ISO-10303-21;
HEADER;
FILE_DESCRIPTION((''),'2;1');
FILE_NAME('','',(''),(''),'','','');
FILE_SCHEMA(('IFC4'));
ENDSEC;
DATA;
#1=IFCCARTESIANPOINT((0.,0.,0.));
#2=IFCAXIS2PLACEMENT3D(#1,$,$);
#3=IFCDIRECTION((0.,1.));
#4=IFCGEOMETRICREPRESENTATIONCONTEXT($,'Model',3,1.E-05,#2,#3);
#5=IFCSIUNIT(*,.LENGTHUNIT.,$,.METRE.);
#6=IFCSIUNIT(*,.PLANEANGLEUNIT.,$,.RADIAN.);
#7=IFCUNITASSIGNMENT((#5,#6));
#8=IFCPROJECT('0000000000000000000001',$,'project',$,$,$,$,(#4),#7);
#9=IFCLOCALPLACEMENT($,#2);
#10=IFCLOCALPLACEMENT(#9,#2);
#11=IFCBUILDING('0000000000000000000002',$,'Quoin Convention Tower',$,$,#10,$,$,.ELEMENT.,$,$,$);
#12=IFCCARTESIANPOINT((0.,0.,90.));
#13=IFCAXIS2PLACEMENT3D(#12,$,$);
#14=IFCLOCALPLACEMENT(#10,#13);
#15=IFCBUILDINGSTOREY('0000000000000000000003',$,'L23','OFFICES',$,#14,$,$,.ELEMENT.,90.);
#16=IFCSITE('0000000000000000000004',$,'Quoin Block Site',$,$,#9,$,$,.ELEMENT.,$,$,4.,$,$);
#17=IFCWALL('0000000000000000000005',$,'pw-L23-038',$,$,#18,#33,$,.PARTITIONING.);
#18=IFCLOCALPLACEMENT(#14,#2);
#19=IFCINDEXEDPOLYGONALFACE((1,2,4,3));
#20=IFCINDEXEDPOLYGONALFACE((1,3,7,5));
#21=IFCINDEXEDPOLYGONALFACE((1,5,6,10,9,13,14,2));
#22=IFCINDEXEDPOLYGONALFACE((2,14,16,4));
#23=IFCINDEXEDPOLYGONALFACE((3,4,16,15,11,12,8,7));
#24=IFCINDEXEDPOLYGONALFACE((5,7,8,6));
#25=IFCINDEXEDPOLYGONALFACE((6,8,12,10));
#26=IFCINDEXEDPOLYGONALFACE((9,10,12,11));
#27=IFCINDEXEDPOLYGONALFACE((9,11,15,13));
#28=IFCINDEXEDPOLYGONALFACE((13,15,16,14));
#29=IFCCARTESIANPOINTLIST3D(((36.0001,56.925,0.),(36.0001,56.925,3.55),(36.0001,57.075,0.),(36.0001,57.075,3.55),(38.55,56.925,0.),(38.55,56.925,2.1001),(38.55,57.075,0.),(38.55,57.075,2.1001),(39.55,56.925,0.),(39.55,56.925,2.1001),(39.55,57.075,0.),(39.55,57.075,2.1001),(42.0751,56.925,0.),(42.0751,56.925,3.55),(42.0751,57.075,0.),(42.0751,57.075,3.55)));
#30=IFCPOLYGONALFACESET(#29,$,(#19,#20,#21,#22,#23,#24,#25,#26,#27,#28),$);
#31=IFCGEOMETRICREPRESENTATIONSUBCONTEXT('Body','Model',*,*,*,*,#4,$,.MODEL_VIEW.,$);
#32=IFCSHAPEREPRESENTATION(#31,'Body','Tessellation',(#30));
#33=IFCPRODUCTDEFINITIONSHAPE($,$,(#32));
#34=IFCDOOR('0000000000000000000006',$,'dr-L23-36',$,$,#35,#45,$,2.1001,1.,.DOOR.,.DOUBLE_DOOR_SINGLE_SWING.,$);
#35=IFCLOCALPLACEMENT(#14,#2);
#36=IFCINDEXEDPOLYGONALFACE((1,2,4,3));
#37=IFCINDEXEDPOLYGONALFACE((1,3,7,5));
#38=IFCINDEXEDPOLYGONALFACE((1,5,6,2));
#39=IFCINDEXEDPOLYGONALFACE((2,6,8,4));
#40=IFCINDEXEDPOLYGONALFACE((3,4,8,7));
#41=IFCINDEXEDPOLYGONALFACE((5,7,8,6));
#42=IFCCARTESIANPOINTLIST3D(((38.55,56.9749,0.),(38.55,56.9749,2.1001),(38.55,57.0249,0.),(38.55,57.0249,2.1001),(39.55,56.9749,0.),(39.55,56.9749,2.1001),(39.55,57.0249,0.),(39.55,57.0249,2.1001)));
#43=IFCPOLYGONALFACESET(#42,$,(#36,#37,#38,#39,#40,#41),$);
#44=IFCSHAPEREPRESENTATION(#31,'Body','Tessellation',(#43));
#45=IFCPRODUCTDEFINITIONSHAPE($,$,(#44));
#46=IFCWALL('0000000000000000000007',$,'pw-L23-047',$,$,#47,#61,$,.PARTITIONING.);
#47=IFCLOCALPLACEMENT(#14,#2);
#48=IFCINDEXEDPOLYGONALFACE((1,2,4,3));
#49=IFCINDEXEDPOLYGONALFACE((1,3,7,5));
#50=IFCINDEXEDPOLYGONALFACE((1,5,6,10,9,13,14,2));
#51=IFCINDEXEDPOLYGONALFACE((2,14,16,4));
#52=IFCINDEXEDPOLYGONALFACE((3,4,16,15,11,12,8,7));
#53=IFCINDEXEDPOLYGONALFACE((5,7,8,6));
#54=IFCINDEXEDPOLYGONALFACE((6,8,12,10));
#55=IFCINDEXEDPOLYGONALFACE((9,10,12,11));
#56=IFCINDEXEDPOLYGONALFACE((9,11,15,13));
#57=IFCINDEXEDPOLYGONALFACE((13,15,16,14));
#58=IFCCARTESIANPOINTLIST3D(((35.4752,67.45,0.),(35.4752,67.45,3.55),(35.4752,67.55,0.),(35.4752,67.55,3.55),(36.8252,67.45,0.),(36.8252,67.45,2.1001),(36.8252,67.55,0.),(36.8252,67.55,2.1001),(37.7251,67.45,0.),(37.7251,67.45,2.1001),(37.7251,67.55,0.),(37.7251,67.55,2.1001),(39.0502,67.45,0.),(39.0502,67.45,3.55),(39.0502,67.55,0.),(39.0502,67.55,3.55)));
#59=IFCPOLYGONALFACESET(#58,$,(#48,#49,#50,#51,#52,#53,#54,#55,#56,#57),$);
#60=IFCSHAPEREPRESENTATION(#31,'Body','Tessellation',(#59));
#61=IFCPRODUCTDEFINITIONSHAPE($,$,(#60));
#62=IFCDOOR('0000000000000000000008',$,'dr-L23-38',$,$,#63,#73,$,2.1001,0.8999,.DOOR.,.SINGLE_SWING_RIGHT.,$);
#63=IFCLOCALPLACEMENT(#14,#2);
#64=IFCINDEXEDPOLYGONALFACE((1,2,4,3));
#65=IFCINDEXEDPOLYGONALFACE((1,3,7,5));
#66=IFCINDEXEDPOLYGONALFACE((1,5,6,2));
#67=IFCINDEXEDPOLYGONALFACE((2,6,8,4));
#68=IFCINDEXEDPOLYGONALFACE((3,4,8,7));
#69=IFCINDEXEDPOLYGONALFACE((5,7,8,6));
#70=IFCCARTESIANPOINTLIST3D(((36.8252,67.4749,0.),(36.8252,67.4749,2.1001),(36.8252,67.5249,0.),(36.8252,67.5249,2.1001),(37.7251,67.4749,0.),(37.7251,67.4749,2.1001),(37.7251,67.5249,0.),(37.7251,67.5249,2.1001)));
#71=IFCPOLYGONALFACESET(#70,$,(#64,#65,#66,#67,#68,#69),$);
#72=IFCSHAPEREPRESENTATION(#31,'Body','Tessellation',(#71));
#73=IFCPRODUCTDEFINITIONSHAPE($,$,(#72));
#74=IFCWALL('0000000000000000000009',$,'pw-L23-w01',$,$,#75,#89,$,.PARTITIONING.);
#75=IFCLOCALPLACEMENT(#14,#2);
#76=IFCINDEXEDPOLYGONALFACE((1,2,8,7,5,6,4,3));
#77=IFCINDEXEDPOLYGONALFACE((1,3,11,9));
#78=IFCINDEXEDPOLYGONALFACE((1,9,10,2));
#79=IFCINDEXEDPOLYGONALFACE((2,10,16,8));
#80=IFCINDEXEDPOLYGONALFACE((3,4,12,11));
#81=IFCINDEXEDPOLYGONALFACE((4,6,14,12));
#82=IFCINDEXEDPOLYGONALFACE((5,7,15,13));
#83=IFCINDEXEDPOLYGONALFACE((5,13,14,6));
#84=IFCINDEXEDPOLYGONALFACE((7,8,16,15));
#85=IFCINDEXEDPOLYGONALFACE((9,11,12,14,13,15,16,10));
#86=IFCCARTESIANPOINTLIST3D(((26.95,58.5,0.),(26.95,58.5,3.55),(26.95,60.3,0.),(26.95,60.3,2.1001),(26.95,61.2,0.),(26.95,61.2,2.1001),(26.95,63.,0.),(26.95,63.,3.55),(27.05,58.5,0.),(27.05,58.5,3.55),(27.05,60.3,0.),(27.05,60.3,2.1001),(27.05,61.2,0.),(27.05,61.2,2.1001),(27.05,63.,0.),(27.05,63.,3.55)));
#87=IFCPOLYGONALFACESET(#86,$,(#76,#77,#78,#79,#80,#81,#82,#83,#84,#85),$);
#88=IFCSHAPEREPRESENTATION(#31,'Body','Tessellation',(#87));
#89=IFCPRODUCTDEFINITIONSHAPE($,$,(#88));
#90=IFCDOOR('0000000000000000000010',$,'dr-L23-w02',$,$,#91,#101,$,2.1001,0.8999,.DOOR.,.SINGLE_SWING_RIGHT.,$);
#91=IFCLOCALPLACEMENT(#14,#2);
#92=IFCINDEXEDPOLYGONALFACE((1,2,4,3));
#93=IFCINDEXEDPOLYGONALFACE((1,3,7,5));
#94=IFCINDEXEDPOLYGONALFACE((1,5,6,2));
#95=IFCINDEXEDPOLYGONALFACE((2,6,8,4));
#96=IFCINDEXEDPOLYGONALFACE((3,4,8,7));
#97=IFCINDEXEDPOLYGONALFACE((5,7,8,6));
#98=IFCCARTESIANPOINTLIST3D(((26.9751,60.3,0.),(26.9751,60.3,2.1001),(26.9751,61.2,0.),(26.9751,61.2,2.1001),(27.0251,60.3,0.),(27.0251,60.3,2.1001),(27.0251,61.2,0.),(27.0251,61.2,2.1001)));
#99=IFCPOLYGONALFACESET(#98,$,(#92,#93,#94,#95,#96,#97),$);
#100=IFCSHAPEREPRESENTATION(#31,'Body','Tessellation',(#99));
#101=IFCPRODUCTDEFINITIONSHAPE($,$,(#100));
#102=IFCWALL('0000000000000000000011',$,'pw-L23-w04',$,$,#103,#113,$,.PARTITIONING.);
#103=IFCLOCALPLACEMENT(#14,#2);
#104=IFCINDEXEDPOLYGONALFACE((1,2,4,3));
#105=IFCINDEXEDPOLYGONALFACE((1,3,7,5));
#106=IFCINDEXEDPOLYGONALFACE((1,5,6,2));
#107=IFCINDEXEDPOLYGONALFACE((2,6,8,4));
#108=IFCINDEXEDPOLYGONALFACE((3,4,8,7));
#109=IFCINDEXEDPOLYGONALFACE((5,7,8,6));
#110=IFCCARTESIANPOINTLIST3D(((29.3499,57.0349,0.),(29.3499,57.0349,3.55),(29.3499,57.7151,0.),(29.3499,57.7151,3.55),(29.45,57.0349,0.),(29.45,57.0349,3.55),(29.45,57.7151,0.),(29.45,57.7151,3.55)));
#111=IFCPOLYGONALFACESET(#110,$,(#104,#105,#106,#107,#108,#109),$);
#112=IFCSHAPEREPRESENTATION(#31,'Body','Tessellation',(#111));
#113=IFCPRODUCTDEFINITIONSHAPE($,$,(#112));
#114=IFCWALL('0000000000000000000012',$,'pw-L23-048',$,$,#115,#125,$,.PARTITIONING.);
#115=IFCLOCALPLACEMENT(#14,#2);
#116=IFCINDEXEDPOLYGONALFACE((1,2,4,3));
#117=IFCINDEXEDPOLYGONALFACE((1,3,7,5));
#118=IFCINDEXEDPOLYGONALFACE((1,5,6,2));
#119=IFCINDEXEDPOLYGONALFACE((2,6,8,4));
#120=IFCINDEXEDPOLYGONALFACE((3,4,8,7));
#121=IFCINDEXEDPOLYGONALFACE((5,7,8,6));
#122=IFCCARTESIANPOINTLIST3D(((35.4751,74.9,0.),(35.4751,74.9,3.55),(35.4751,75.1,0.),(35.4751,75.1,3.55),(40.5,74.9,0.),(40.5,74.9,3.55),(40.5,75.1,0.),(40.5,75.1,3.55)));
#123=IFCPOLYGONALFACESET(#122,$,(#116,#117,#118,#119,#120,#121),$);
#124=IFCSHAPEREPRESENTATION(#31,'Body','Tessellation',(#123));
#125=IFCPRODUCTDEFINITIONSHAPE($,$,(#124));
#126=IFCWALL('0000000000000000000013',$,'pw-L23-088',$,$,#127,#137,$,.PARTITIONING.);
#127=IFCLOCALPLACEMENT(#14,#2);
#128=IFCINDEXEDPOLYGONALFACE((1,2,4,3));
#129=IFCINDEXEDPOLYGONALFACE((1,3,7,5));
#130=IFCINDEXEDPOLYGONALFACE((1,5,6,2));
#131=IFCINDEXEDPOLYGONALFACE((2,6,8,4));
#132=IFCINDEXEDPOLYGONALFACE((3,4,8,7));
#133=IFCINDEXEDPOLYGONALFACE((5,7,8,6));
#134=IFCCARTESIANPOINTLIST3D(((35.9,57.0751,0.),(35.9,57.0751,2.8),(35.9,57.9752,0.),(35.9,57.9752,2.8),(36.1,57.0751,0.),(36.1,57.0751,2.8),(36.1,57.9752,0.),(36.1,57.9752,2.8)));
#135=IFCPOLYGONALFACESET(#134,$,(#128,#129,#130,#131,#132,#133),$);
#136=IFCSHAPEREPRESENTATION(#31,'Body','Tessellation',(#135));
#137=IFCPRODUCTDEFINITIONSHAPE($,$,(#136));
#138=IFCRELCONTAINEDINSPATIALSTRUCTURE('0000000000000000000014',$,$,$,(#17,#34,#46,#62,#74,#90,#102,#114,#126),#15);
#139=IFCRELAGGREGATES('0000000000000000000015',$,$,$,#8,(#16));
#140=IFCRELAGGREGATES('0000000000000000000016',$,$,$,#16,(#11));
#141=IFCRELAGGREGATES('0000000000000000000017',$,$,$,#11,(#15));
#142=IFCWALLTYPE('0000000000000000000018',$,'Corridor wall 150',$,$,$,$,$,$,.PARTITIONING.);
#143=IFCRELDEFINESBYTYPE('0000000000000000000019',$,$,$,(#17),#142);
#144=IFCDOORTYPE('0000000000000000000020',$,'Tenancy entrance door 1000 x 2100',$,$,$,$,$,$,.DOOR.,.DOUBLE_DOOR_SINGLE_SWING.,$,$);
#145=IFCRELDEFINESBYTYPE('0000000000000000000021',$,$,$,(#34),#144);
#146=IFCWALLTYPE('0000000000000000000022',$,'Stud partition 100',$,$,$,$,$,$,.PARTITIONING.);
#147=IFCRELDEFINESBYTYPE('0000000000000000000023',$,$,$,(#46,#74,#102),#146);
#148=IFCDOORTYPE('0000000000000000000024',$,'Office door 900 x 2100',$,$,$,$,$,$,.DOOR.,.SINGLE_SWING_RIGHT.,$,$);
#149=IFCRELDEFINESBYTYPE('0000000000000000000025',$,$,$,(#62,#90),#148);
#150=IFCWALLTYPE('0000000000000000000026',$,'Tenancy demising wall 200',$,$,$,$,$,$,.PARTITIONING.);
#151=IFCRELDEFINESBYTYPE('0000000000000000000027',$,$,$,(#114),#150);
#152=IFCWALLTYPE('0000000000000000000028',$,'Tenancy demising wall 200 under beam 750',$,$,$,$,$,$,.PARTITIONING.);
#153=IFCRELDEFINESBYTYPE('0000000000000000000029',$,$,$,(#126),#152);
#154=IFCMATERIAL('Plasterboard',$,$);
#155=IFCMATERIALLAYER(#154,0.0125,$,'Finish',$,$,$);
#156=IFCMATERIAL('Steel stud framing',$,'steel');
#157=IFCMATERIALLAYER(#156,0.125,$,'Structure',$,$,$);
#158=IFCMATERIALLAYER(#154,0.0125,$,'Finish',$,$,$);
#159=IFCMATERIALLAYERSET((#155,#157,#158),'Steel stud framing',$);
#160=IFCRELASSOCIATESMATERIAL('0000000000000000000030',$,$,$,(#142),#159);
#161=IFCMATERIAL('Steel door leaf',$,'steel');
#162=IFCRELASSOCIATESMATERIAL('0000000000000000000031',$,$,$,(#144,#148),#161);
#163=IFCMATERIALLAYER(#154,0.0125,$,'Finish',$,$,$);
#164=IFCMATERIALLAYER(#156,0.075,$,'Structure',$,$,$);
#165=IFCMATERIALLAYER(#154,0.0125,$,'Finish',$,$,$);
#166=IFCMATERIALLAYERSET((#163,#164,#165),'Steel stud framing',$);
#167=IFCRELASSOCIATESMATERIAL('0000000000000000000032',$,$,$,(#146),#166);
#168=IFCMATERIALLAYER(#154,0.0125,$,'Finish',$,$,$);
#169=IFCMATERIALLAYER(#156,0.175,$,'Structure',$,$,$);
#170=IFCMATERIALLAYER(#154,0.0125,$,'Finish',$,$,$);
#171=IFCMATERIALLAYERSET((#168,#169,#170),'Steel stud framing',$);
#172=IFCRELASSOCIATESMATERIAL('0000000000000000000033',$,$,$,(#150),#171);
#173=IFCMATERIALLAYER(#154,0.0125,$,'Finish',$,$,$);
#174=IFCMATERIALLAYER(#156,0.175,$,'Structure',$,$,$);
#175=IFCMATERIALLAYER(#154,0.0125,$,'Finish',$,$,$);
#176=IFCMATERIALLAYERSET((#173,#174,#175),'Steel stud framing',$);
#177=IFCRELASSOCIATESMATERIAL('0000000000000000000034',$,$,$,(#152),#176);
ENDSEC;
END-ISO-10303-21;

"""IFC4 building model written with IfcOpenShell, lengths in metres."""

from ifc_helpers import new_model, si_unit, direction, frame, frame_2d, origin, place, context, subcontext, project, spatial, rectangle, extrude, material, layer, layer_set, type_object, element, fill, save


model = new_model("IFC4")

# Units and contexts
model_context = context("Model", 3, precision=1e-05, world=origin(), true_north=direction((0.0, 1.0)))
body_context = subcontext(model_context, "Body", "Model", "MODEL_VIEW")
ifc_project = project(units=[si_unit("LENGTHUNIT", "METRE"), si_unit("PLANEANGLEUNIT", "RADIAN")], contexts=[model_context])

# Site, building, storey
site_placement = place(None, origin())
site = spatial("IfcSite", under=ifc_project, at=site_placement, Name="Quoin Block Site", CompositionType="ELEMENT", RefElevation=4.0)
building_placement = place(site_placement, origin())
building = spatial("IfcBuilding", under=site, at=building_placement, Name="Quoin Convention Tower", CompositionType="ELEMENT")
storey_placement = place(building_placement, frame((0.0, 0.0, 90.0)))
storey = spatial("IfcBuildingStorey", under=building, at=storey_placement, Name="L23", Description="OFFICES", CompositionType="ELEMENT", Elevation=90.0)

# Walls, openings, doors
ifc_material_1 = material(Name="Plasterboard")
ifc_layer_1 = layer(ifc_material_1, 0.0125, Name="Finish")
ifc_material_2 = material(Name="Steel stud framing", Category="steel")
ifc_layer_2 = layer(ifc_material_2, 0.125, Name="Structure")
ifc_layer_3 = layer(ifc_material_1, 0.0125, Name="Finish")
ifc_layer_set_1 = layer_set([ifc_layer_1, ifc_layer_2, ifc_layer_3], Name="Steel stud framing")
wall_type_1 = type_object("IfcWallType", Name="Corridor wall 150", PredefinedType="PARTITIONING", material=ifc_layer_set_1)
ifc_material_3 = material(Name="Steel door leaf", Category="steel")
door_type_1 = type_object("IfcDoorType", Name="Tenancy entrance door 1000 x 2100", OperationType="DOUBLE_DOOR_SINGLE_SWING", PredefinedType="DOOR", material=ifc_material_3)
wall_1_placement = place(storey_placement, frame((36.0, 57.0, 0.0), z_axis=(0.0, 0.0, 1.0), x_axis=(1.0, 0.0, 0.0)))
wall_1 = element("IfcWall", 1, at=wall_1_placement, inside=storey, type_object=wall_type_1, Name="pw-L23-038", PredefinedType="PARTITIONING", context=body_context, shape_type="SweptSolid", body=[
    extrude(rectangle(XDim=6.075, YDim=0.1499, at=frame_2d((3.0376, 0.0))), origin(), (0.0, 0.0, 1.0), 3.55),
])
opening_1_placement = place(wall_1_placement, frame((2.55, 0.0, 0.0)))
opening_1 = element("IfcOpeningElement", 2, at=opening_1_placement, cuts=wall_1, PredefinedType="OPENING", context=body_context, shape_type="SweptSolid", body=[
    extrude(rectangle(XDim=1.0, YDim=2.1001, at=frame_2d((0.5, 1.05))), frame((0.0, 0.085, 0.0), z_axis=(0.0, -1.0, 0.0), x_axis=(1.0, 0.0, 0.0)), (0.0, 0.0, 1.0), 0.1699),
])
door_1_placement = place(opening_1_placement, origin())
door_1 = element("IfcDoor", 3, at=door_1_placement, inside=storey, type_object=door_type_1, Name="dr-L23-36", OperationType="DOUBLE_DOOR_SINGLE_SWING", OverallHeight=2.1001, OverallWidth=1.0, PredefinedType="DOOR", context=body_context, shape_type="SweptSolid", body=[
    extrude(rectangle(XDim=1.0, YDim=2.1001, at=frame_2d((0.5, 1.05))), frame((0.0, 0.0249, 0.0), z_axis=(0.0, -1.0, 0.0), x_axis=(1.0, 0.0, 0.0)), (0.0, 0.0, 1.0), 0.05),
])
fill(opening_1, door_1)
ifc_layer_4 = layer(ifc_material_1, 0.0125, Name="Finish")
ifc_layer_5 = layer(ifc_material_2, 0.075, Name="Structure")
ifc_layer_6 = layer(ifc_material_1, 0.0125, Name="Finish")
ifc_layer_set_2 = layer_set([ifc_layer_4, ifc_layer_5, ifc_layer_6], Name="Steel stud framing")
wall_type_2 = type_object("IfcWallType", Name="Stud partition 100", PredefinedType="PARTITIONING", material=ifc_layer_set_2)
wall_2_placement = place(storey_placement, frame((35.4751, 67.5, 0.0), z_axis=(0.0, 0.0, 1.0), x_axis=(1.0, 0.0, 0.0)))
wall_2 = element("IfcWall", 4, at=wall_2_placement, inside=storey, type_object=wall_type_2, Name="pw-L23-047", PredefinedType="PARTITIONING", context=body_context, shape_type="SweptSolid", body=[
    extrude(rectangle(XDim=3.575, YDim=0.1001, at=frame_2d((1.7876, 0.0))), origin(), (0.0, 0.0, 1.0), 3.55),
])
opening_2_placement = place(wall_2_placement, frame((1.3501, 0.0, 0.0)))
opening_2 = element("IfcOpeningElement", 5, at=opening_2_placement, cuts=wall_2, PredefinedType="OPENING", context=body_context, shape_type="SweptSolid", body=[
    extrude(rectangle(XDim=0.8999, YDim=2.1001, at=frame_2d((0.45, 1.05))), frame((0.0, 0.0601, 0.0), z_axis=(0.0, -1.0, 0.0), x_axis=(1.0, 0.0, 0.0)), (0.0, 0.0, 1.0), 0.1201),
])
door_type_2 = type_object("IfcDoorType", Name="Office door 900 x 2100", OperationType="SINGLE_SWING_RIGHT", PredefinedType="DOOR", material=ifc_material_3)
door_2_placement = place(opening_2_placement, origin())
door_2 = element("IfcDoor", 6, at=door_2_placement, inside=storey, type_object=door_type_2, Name="dr-L23-38", OperationType="SINGLE_SWING_RIGHT", OverallHeight=2.1001, OverallWidth=0.8999, PredefinedType="DOOR", context=body_context, shape_type="SweptSolid", body=[
    extrude(rectangle(XDim=0.8999, YDim=2.1001, at=frame_2d((0.45, 1.05))), frame((0.0, 0.0249, 0.0), z_axis=(0.0, -1.0, 0.0), x_axis=(1.0, 0.0, 0.0)), (0.0, 0.0, 1.0), 0.05),
])
fill(opening_2, door_2)
wall_3_placement = place(storey_placement, frame((27.0, 63.0, 0.0), z_axis=(0.0, 0.0, 1.0), x_axis=(0.0, -1.0, 0.0)))
wall_3 = element("IfcWall", 7, at=wall_3_placement, inside=storey, type_object=wall_type_2, Name="pw-L23-w01", PredefinedType="PARTITIONING", context=body_context, shape_type="SweptSolid", body=[
    extrude(rectangle(XDim=4.5, YDim=0.1001, at=frame_2d((2.25, 0.0))), origin(), (0.0, 0.0, 1.0), 3.55),
])
opening_3_placement = place(wall_3_placement, frame((1.8, 0.0, 0.0)))
opening_3 = element("IfcOpeningElement", 8, at=opening_3_placement, cuts=wall_3, PredefinedType="OPENING", context=body_context, shape_type="SweptSolid", body=[
    extrude(rectangle(XDim=0.8999, YDim=2.1001, at=frame_2d((0.45, 1.05))), frame((0.0, 0.0601, 0.0), z_axis=(0.0, -1.0, 0.0), x_axis=(1.0, 0.0, 0.0)), (0.0, 0.0, 1.0), 0.1201),
])
door_3_placement = place(opening_3_placement, frame((0.8999, 0.0, 0.0), z_axis=(0.0, 0.0, 1.0), x_axis=(-1.0, 0.0, 0.0)))
door_3 = element("IfcDoor", 9, at=door_3_placement, inside=storey, type_object=door_type_2, Name="dr-L23-w02", OperationType="SINGLE_SWING_RIGHT", OverallHeight=2.1001, OverallWidth=0.8999, PredefinedType="DOOR", context=body_context, shape_type="SweptSolid", body=[
    extrude(rectangle(XDim=0.8999, YDim=2.1001, at=frame_2d((0.45, 1.05))), frame((0.0, 0.0249, 0.0), z_axis=(0.0, -1.0, 0.0), x_axis=(1.0, 0.0, 0.0)), (0.0, 0.0, 1.0), 0.05),
])
fill(opening_3, door_3)

# Walls
wall_4_placement = place(storey_placement, frame((29.3999, 57.7151, 0.0), z_axis=(0.0, 0.0, 1.0), x_axis=(0.0, -1.0, 0.0)))
element("IfcWall", 10, at=wall_4_placement, inside=storey, type_object=wall_type_2, Name="pw-L23-w04", PredefinedType="PARTITIONING", context=body_context, shape_type="SweptSolid", body=[
    extrude(rectangle(XDim=0.6802, YDim=0.1001, at=frame_2d((0.3401, 0.0))), origin(), (0.0, 0.0, 1.0), 3.55),
])
ifc_layer_7 = layer(ifc_material_1, 0.0125, Name="Finish")
ifc_layer_8 = layer(ifc_material_2, 0.175, Name="Structure")
ifc_layer_9 = layer(ifc_material_1, 0.0125, Name="Finish")
ifc_layer_set_3 = layer_set([ifc_layer_7, ifc_layer_8, ifc_layer_9], Name="Steel stud framing")
wall_type_3 = type_object("IfcWallType", Name="Tenancy demising wall 200", PredefinedType="PARTITIONING", material=ifc_layer_set_3)
wall_5_placement = place(storey_placement, frame((35.4751, 75.0, 0.0), z_axis=(0.0, 0.0, 1.0), x_axis=(1.0, 0.0, 0.0)))
element("IfcWall", 11, at=wall_5_placement, inside=storey, type_object=wall_type_3, Name="pw-L23-048", PredefinedType="PARTITIONING", context=body_context, shape_type="SweptSolid", body=[
    extrude(rectangle(XDim=5.0249, YDim=0.2, at=frame_2d((2.5125, 0.0))), origin(), (0.0, 0.0, 1.0), 3.55),
])
ifc_layer_10 = layer(ifc_material_1, 0.0125, Name="Finish")
ifc_layer_11 = layer(ifc_material_2, 0.175, Name="Structure")
ifc_layer_12 = layer(ifc_material_1, 0.0125, Name="Finish")
ifc_layer_set_4 = layer_set([ifc_layer_10, ifc_layer_11, ifc_layer_12], Name="Steel stud framing")
wall_type_4 = type_object("IfcWallType", Name="Tenancy demising wall 200 under beam 750", PredefinedType="PARTITIONING", material=ifc_layer_set_4)
wall_6_placement = place(storey_placement, frame((36.0, 57.075, 0.0), z_axis=(0.0, 0.0, 1.0), x_axis=(0.0, 1.0, 0.0)))
element("IfcWall", 12, at=wall_6_placement, inside=storey, type_object=wall_type_4, Name="pw-L23-088", PredefinedType="PARTITIONING", context=body_context, shape_type="SweptSolid", body=[
    extrude(rectangle(XDim=0.9001, YDim=0.2, at=frame_2d((0.4502, 0.0))), origin(), (0.0, 0.0, 1.0), 2.8),
])

save(model, "model.ifc")
